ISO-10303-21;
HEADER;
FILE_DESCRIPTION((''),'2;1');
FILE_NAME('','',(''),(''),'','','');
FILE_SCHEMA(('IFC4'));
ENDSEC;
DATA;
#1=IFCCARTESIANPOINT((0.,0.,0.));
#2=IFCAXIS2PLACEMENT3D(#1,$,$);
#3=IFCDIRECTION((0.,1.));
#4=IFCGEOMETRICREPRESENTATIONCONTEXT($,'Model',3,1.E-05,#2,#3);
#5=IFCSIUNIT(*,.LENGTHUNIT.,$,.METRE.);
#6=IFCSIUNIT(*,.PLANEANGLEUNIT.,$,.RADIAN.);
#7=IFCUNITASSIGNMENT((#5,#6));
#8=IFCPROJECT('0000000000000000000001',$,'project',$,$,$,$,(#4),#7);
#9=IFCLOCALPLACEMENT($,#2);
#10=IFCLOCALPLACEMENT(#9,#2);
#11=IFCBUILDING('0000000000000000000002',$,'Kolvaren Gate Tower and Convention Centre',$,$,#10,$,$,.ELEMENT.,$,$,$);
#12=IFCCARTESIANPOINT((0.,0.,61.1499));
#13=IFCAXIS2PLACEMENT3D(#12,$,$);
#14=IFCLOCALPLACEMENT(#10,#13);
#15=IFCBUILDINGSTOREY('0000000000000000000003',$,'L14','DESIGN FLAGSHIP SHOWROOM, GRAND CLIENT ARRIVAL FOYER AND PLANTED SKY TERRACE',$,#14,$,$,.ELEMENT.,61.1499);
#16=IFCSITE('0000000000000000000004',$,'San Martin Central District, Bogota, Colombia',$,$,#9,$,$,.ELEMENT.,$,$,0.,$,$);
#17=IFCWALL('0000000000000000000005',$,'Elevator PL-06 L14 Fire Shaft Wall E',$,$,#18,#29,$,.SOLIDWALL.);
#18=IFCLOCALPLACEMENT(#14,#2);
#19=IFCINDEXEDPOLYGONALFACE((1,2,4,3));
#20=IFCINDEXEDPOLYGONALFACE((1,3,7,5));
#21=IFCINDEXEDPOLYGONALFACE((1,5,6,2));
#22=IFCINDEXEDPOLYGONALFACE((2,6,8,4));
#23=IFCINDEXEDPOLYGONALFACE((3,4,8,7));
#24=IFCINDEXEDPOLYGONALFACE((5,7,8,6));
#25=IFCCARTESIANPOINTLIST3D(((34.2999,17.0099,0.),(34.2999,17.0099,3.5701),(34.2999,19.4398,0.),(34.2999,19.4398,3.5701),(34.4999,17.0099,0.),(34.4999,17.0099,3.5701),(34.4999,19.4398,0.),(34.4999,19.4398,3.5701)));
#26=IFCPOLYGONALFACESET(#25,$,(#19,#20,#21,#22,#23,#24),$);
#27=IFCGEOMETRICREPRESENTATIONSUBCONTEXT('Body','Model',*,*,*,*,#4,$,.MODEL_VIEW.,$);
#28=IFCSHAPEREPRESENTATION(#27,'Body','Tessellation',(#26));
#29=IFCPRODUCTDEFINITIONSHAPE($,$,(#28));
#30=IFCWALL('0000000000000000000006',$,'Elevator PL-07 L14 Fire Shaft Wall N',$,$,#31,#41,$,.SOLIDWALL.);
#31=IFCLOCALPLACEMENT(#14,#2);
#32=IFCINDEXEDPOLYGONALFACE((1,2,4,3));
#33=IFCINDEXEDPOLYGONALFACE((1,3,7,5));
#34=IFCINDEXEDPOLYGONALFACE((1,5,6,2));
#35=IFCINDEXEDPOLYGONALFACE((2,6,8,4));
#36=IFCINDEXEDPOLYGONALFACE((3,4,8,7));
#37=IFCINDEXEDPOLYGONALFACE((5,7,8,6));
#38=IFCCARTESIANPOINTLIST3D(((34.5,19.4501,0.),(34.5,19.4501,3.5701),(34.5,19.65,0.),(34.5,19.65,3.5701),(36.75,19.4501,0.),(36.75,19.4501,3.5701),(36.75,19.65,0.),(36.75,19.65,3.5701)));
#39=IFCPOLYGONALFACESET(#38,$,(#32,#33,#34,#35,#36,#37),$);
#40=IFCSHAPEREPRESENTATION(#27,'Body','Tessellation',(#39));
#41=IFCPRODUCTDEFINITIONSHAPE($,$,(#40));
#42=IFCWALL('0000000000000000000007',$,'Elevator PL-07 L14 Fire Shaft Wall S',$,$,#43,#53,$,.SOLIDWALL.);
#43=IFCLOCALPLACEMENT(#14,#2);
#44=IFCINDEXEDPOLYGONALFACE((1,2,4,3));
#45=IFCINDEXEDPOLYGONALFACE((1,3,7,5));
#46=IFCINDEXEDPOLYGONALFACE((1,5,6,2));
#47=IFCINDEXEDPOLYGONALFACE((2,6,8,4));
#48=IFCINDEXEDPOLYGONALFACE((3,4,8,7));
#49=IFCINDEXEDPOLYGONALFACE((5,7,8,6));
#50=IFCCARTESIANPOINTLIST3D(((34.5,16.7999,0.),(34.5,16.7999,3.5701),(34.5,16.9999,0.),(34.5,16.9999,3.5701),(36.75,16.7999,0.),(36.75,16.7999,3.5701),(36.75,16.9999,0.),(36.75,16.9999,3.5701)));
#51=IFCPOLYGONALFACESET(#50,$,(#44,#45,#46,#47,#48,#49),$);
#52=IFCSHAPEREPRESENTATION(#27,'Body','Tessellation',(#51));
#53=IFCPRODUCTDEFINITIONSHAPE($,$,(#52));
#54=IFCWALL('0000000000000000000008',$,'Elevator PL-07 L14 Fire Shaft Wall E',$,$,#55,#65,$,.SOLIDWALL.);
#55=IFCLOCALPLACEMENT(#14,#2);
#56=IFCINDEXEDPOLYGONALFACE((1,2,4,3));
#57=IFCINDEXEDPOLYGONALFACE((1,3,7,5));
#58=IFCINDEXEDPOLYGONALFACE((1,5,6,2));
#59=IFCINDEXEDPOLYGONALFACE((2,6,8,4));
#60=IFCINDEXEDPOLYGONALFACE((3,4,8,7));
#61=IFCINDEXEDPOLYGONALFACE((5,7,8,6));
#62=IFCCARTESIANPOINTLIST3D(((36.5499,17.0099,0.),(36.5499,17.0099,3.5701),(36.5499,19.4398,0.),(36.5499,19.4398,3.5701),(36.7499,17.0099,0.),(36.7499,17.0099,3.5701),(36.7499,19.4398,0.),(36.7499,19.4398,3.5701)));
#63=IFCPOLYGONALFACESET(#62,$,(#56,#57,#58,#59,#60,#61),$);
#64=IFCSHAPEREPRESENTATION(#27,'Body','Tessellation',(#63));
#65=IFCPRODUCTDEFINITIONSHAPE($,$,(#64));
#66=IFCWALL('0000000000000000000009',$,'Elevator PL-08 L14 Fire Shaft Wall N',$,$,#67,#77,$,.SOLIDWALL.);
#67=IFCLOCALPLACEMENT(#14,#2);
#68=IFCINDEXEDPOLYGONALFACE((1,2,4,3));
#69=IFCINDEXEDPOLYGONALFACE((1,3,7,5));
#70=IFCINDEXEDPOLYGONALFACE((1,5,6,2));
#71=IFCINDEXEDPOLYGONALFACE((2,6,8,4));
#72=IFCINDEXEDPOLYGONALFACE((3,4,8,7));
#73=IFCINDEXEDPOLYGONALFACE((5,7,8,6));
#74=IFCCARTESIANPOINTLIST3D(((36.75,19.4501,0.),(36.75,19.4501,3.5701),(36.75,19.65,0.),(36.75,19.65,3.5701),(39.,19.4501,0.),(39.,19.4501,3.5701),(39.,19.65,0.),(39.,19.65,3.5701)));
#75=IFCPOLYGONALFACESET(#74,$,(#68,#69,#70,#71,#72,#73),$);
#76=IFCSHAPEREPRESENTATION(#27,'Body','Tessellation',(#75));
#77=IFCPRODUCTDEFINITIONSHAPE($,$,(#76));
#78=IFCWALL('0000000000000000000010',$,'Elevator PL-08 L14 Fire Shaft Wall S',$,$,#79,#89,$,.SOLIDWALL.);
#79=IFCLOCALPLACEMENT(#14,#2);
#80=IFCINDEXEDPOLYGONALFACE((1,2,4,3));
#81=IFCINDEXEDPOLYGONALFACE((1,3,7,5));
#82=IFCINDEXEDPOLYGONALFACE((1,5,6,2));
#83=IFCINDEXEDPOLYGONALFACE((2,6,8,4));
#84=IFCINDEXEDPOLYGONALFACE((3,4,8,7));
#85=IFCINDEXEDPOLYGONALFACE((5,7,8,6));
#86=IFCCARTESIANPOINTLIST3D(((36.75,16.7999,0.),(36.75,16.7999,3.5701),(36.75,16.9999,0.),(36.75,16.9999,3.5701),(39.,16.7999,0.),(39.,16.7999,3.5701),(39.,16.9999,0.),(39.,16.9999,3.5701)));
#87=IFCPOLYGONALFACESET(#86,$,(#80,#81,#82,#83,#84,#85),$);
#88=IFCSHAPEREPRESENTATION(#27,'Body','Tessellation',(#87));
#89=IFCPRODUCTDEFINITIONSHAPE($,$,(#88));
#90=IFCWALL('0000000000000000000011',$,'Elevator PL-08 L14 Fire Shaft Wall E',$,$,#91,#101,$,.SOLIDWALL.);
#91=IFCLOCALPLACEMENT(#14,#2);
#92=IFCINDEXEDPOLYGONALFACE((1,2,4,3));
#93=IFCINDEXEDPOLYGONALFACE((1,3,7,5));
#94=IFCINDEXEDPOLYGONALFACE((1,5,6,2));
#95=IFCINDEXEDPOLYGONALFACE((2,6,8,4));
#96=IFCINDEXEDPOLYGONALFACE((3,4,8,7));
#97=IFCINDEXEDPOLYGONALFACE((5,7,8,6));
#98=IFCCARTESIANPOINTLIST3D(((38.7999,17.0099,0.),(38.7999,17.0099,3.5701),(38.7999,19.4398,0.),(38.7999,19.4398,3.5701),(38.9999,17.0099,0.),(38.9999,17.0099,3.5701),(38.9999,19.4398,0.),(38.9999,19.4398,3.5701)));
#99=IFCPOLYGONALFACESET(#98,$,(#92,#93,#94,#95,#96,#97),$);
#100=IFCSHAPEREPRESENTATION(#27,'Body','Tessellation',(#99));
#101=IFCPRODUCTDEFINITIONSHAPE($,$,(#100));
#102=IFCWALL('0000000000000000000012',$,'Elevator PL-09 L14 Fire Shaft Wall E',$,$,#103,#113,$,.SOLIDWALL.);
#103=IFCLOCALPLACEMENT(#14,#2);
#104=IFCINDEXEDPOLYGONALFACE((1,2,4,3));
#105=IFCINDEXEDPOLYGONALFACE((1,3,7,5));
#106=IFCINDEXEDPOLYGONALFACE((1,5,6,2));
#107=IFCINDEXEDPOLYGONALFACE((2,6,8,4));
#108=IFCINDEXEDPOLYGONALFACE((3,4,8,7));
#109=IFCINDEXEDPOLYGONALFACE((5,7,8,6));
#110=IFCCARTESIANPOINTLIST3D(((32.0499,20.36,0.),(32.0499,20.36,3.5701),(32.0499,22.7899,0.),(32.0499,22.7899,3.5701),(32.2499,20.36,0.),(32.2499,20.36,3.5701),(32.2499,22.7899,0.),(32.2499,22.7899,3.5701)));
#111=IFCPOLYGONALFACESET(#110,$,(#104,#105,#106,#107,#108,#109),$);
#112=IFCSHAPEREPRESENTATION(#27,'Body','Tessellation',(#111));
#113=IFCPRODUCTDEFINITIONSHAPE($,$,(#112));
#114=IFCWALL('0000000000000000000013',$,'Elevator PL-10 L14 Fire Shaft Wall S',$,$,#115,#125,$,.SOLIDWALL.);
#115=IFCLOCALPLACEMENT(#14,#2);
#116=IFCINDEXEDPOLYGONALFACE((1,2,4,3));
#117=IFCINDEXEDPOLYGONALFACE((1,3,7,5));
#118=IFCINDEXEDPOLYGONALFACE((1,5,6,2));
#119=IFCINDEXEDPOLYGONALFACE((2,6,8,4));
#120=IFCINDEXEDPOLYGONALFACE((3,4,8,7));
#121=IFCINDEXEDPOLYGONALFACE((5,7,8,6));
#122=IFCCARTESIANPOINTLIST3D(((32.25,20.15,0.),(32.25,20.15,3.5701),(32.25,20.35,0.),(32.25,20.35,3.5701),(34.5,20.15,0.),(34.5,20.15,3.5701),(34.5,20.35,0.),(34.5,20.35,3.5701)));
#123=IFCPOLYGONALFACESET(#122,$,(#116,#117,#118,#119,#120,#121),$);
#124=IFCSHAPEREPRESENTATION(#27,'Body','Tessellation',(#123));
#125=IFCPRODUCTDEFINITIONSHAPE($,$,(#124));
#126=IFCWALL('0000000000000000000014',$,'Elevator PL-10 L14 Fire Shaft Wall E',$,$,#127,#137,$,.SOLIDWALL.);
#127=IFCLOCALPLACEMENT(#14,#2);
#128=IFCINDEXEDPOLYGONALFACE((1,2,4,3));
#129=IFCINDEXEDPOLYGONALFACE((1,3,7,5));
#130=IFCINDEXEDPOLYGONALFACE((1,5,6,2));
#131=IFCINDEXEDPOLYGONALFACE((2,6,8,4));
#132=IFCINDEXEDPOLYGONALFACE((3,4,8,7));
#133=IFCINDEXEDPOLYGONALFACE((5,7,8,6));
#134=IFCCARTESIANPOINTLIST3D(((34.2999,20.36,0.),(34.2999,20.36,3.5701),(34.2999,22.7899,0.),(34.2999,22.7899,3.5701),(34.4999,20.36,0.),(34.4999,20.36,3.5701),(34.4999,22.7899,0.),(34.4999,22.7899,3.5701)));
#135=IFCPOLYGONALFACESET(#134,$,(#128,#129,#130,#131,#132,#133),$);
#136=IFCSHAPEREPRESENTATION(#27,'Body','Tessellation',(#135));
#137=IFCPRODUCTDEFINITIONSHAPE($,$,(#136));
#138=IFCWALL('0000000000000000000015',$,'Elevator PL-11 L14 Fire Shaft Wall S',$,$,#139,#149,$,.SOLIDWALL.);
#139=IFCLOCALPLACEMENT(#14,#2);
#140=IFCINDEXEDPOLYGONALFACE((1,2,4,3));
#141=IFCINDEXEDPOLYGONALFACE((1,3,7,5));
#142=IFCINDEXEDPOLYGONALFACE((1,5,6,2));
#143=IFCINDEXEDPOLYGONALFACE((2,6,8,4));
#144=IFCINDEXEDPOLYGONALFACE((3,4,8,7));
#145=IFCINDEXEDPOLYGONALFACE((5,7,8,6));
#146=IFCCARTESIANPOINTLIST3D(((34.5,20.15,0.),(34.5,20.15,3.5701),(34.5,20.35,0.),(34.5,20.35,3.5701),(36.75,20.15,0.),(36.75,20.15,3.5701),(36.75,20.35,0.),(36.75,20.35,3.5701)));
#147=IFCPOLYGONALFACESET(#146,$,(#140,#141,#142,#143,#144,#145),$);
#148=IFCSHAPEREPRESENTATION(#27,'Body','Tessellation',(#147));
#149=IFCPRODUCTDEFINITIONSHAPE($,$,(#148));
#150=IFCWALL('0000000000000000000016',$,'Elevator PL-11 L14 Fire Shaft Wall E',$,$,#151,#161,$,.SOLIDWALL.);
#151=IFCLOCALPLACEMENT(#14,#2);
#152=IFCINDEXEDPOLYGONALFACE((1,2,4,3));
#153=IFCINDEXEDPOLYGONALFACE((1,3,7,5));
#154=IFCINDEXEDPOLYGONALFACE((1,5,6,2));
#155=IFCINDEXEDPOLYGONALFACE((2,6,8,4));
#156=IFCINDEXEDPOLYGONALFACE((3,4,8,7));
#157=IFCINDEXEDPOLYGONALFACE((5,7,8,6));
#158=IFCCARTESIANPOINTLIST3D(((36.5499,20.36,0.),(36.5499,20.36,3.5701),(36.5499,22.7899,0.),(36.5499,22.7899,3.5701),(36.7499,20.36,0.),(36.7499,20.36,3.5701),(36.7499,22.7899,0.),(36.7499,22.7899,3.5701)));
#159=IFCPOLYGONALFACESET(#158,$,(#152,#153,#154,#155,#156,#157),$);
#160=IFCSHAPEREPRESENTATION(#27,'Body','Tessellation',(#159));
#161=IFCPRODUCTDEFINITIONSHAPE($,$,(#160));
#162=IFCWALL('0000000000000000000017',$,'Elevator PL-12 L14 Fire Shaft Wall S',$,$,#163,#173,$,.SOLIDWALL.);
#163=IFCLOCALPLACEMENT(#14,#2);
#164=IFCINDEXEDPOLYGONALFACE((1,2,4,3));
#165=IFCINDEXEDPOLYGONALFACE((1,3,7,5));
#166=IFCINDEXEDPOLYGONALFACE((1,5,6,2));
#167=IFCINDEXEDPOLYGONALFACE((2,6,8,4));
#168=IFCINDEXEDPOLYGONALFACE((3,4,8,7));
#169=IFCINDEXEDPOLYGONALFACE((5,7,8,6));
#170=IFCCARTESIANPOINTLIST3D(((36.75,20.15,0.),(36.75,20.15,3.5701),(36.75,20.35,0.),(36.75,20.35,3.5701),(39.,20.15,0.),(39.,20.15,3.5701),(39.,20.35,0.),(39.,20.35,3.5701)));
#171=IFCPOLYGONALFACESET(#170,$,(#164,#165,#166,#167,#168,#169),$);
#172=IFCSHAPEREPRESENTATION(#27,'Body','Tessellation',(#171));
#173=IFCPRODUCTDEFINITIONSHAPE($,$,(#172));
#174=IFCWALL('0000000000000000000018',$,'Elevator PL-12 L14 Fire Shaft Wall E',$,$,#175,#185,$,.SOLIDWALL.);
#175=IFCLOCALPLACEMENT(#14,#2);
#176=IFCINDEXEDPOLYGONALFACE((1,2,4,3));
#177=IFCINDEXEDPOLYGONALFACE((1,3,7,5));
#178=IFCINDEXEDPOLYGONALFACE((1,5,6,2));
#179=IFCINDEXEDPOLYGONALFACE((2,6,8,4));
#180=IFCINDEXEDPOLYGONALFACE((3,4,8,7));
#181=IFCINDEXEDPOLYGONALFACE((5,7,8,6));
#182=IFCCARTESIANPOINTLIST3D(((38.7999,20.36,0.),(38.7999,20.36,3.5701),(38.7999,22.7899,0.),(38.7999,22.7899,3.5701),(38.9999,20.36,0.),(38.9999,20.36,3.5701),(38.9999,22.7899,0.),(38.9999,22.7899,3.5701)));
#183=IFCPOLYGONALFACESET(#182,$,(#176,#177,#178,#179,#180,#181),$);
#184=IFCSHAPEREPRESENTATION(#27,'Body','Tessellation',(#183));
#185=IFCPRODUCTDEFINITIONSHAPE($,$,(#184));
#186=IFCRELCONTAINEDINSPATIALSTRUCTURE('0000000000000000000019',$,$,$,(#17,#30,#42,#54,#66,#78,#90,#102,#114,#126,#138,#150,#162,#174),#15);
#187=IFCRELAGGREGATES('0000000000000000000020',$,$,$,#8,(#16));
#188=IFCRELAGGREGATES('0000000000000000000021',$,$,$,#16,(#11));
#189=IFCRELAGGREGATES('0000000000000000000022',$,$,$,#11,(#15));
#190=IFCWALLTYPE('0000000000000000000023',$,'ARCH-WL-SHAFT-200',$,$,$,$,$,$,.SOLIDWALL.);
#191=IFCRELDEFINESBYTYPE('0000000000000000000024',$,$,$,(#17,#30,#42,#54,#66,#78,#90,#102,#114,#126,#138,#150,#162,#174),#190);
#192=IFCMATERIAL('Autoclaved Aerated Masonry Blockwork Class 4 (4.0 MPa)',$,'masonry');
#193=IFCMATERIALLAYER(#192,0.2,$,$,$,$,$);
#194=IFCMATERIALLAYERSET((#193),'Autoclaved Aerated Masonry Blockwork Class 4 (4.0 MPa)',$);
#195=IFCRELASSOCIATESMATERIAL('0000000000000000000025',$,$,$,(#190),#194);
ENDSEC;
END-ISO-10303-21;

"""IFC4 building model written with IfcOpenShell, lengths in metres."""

from ifc_helpers import new_model, si_unit, direction, frame, frame_2d, origin, place, context, subcontext, project, spatial, rectangle, extrude, material, layer, layer_set, type_object, element, save


model = new_model("IFC4")

# Units and contexts
model_context = context("Model", 3, precision=1e-05, world=origin(), true_north=direction((0.0, 1.0)))
body_context = subcontext(model_context, "Body", "Model", "MODEL_VIEW")
ifc_project = project(units=[si_unit("LENGTHUNIT", "METRE"), si_unit("PLANEANGLEUNIT", "RADIAN")], contexts=[model_context])

# Site, building, storey
site_placement = place(None, origin())
site = spatial("IfcSite", under=ifc_project, at=site_placement, Name="San Martin Central District, Bogota, Colombia", CompositionType="ELEMENT", RefElevation=0.0)
building_placement = place(site_placement, origin())
building = spatial("IfcBuilding", under=site, at=building_placement, Name="Kolvaren Gate Tower and Convention Centre", CompositionType="ELEMENT")
storey_placement = place(building_placement, frame((0.0, 0.0, 61.1499)))
storey = spatial("IfcBuildingStorey", under=building, at=storey_placement, Name="L14", Description="DESIGN FLAGSHIP SHOWROOM, GRAND CLIENT ARRIVAL FOYER AND PLANTED SKY TERRACE", CompositionType="ELEMENT", Elevation=61.1499)

# Walls
ifc_material_1 = material(Name="Autoclaved Aerated Masonry Blockwork Class 4 (4.0 MPa)", Category="masonry")
ifc_layer_1 = layer(ifc_material_1, 0.2)
ifc_layer_set_1 = layer_set([ifc_layer_1], Name="Autoclaved Aerated Masonry Blockwork Class 4 (4.0 MPa)")
wall_type_1 = type_object("IfcWallType", Name="ARCH-WL-SHAFT-200", PredefinedType="SOLIDWALL", material=ifc_layer_set_1)
wall_1_placement = place(storey_placement, frame((34.3999, 17.01, 0.0), z_axis=(0.0, 0.0, 1.0), x_axis=(0.0, 1.0, 0.0)))
element("IfcWall", 1, at=wall_1_placement, inside=storey, type_object=wall_type_1, Name="Elevator PL-06 L14 Fire Shaft Wall E", PredefinedType="SOLIDWALL", context=body_context, shape_type="SweptSolid", body=[
    extrude(rectangle(XDim=2.4299, YDim=0.2, at=frame_2d((1.2148, 0.0))), origin(), (0.0, 0.0, 1.0), 3.5701),
])
for number, where, z_axis, x_axis, name in (
    (2, (34.5, 19.55, 0.0), (0.0, 0.0, 1.0), (1.0, 0.0, 0.0), "Elevator PL-07 L14 Fire Shaft Wall N"),
    (3, (34.5, 16.8999, 0.0), (0.0, 0.0, 1.0), (1.0, 0.0, 0.0), "Elevator PL-07 L14 Fire Shaft Wall S"),
):
    element("IfcWall", number, at=place(storey_placement, frame(where, z_axis=z_axis, x_axis=x_axis)), inside=storey, type_object=wall_type_1, Name=name, PredefinedType="SOLIDWALL", context=body_context, shape_type="SweptSolid", body=[
        extrude(rectangle(XDim=2.25, YDim=0.2, at=frame_2d((1.125, 0.0))), origin(), (0.0, 0.0, 1.0), 3.5701),
    ])
wall_2_placement = place(storey_placement, frame((36.6499, 17.01, 0.0), z_axis=(0.0, 0.0, 1.0), x_axis=(0.0, 1.0, 0.0)))
element("IfcWall", 4, at=wall_2_placement, inside=storey, type_object=wall_type_1, Name="Elevator PL-07 L14 Fire Shaft Wall E", PredefinedType="SOLIDWALL", context=body_context, shape_type="SweptSolid", body=[
    extrude(rectangle(XDim=2.4299, YDim=0.2, at=frame_2d((1.2148, 0.0))), origin(), (0.0, 0.0, 1.0), 3.5701),
])
for number, where, z_axis, x_axis, name in (
    (5, (36.75, 19.55, 0.0), (0.0, 0.0, 1.0), (1.0, 0.0, 0.0), "Elevator PL-08 L14 Fire Shaft Wall N"),
    (6, (36.75, 16.8999, 0.0), (0.0, 0.0, 1.0), (1.0, 0.0, 0.0), "Elevator PL-08 L14 Fire Shaft Wall S"),
):
    element("IfcWall", number, at=place(storey_placement, frame(where, z_axis=z_axis, x_axis=x_axis)), inside=storey, type_object=wall_type_1, Name=name, PredefinedType="SOLIDWALL", context=body_context, shape_type="SweptSolid", body=[
        extrude(rectangle(XDim=2.25, YDim=0.2, at=frame_2d((1.125, 0.0))), origin(), (0.0, 0.0, 1.0), 3.5701),
    ])
for number, where, z_axis, x_axis, name in (
    (7, (38.8999, 17.01, 0.0), (0.0, 0.0, 1.0), (0.0, 1.0, 0.0), "Elevator PL-08 L14 Fire Shaft Wall E"),
    (8, (32.1499, 20.3601, 0.0), (0.0, 0.0, 1.0), (0.0, 1.0, 0.0), "Elevator PL-09 L14 Fire Shaft Wall E"),
):
    element("IfcWall", number, at=place(storey_placement, frame(where, z_axis=z_axis, x_axis=x_axis)), inside=storey, type_object=wall_type_1, Name=name, PredefinedType="SOLIDWALL", context=body_context, shape_type="SweptSolid", body=[
        extrude(rectangle(XDim=2.4299, YDim=0.2, at=frame_2d((1.2148, 0.0))), origin(), (0.0, 0.0, 1.0), 3.5701),
    ])
wall_3_placement = place(storey_placement, frame((32.25, 20.25, 0.0), z_axis=(0.0, 0.0, 1.0), x_axis=(1.0, 0.0, 0.0)))
element("IfcWall", 9, at=wall_3_placement, inside=storey, type_object=wall_type_1, Name="Elevator PL-10 L14 Fire Shaft Wall S", PredefinedType="SOLIDWALL", context=body_context, shape_type="SweptSolid", body=[
    extrude(rectangle(XDim=2.25, YDim=0.2, at=frame_2d((1.125, 0.0))), origin(), (0.0, 0.0, 1.0), 3.5701),
])
wall_4_placement = place(storey_placement, frame((34.3999, 20.3601, 0.0), z_axis=(0.0, 0.0, 1.0), x_axis=(0.0, 1.0, 0.0)))
element("IfcWall", 10, at=wall_4_placement, inside=storey, type_object=wall_type_1, Name="Elevator PL-10 L14 Fire Shaft Wall E", PredefinedType="SOLIDWALL", context=body_context, shape_type="SweptSolid", body=[
    extrude(rectangle(XDim=2.4299, YDim=0.2, at=frame_2d((1.2148, 0.0))), origin(), (0.0, 0.0, 1.0), 3.5701),
])
wall_5_placement = place(storey_placement, frame((34.5, 20.25, 0.0), z_axis=(0.0, 0.0, 1.0), x_axis=(1.0, 0.0, 0.0)))
element("IfcWall", 11, at=wall_5_placement, inside=storey, type_object=wall_type_1, Name="Elevator PL-11 L14 Fire Shaft Wall S", PredefinedType="SOLIDWALL", context=body_context, shape_type="SweptSolid", body=[
    extrude(rectangle(XDim=2.25, YDim=0.2, at=frame_2d((1.125, 0.0))), origin(), (0.0, 0.0, 1.0), 3.5701),
])
wall_6_placement = place(storey_placement, frame((36.6499, 20.3601, 0.0), z_axis=(0.0, 0.0, 1.0), x_axis=(0.0, 1.0, 0.0)))
element("IfcWall", 12, at=wall_6_placement, inside=storey, type_object=wall_type_1, Name="Elevator PL-11 L14 Fire Shaft Wall E", PredefinedType="SOLIDWALL", context=body_context, shape_type="SweptSolid", body=[
    extrude(rectangle(XDim=2.4299, YDim=0.2, at=frame_2d((1.2148, 0.0))), origin(), (0.0, 0.0, 1.0), 3.5701),
])
wall_7_placement = place(storey_placement, frame((36.75, 20.25, 0.0), z_axis=(0.0, 0.0, 1.0), x_axis=(1.0, 0.0, 0.0)))
element("IfcWall", 13, at=wall_7_placement, inside=storey, type_object=wall_type_1, Name="Elevator PL-12 L14 Fire Shaft Wall S", PredefinedType="SOLIDWALL", context=body_context, shape_type="SweptSolid", body=[
    extrude(rectangle(XDim=2.25, YDim=0.2, at=frame_2d((1.125, 0.0))), origin(), (0.0, 0.0, 1.0), 3.5701),
])
wall_8_placement = place(storey_placement, frame((38.8999, 20.3601, 0.0), z_axis=(0.0, 0.0, 1.0), x_axis=(0.0, 1.0, 0.0)))
element("IfcWall", 14, at=wall_8_placement, inside=storey, type_object=wall_type_1, Name="Elevator PL-12 L14 Fire Shaft Wall E", PredefinedType="SOLIDWALL", context=body_context, shape_type="SweptSolid", body=[
    extrude(rectangle(XDim=2.4299, YDim=0.2, at=frame_2d((1.2148, 0.0))), origin(), (0.0, 0.0, 1.0), 3.5701),
])

save(model, "model.ifc")
